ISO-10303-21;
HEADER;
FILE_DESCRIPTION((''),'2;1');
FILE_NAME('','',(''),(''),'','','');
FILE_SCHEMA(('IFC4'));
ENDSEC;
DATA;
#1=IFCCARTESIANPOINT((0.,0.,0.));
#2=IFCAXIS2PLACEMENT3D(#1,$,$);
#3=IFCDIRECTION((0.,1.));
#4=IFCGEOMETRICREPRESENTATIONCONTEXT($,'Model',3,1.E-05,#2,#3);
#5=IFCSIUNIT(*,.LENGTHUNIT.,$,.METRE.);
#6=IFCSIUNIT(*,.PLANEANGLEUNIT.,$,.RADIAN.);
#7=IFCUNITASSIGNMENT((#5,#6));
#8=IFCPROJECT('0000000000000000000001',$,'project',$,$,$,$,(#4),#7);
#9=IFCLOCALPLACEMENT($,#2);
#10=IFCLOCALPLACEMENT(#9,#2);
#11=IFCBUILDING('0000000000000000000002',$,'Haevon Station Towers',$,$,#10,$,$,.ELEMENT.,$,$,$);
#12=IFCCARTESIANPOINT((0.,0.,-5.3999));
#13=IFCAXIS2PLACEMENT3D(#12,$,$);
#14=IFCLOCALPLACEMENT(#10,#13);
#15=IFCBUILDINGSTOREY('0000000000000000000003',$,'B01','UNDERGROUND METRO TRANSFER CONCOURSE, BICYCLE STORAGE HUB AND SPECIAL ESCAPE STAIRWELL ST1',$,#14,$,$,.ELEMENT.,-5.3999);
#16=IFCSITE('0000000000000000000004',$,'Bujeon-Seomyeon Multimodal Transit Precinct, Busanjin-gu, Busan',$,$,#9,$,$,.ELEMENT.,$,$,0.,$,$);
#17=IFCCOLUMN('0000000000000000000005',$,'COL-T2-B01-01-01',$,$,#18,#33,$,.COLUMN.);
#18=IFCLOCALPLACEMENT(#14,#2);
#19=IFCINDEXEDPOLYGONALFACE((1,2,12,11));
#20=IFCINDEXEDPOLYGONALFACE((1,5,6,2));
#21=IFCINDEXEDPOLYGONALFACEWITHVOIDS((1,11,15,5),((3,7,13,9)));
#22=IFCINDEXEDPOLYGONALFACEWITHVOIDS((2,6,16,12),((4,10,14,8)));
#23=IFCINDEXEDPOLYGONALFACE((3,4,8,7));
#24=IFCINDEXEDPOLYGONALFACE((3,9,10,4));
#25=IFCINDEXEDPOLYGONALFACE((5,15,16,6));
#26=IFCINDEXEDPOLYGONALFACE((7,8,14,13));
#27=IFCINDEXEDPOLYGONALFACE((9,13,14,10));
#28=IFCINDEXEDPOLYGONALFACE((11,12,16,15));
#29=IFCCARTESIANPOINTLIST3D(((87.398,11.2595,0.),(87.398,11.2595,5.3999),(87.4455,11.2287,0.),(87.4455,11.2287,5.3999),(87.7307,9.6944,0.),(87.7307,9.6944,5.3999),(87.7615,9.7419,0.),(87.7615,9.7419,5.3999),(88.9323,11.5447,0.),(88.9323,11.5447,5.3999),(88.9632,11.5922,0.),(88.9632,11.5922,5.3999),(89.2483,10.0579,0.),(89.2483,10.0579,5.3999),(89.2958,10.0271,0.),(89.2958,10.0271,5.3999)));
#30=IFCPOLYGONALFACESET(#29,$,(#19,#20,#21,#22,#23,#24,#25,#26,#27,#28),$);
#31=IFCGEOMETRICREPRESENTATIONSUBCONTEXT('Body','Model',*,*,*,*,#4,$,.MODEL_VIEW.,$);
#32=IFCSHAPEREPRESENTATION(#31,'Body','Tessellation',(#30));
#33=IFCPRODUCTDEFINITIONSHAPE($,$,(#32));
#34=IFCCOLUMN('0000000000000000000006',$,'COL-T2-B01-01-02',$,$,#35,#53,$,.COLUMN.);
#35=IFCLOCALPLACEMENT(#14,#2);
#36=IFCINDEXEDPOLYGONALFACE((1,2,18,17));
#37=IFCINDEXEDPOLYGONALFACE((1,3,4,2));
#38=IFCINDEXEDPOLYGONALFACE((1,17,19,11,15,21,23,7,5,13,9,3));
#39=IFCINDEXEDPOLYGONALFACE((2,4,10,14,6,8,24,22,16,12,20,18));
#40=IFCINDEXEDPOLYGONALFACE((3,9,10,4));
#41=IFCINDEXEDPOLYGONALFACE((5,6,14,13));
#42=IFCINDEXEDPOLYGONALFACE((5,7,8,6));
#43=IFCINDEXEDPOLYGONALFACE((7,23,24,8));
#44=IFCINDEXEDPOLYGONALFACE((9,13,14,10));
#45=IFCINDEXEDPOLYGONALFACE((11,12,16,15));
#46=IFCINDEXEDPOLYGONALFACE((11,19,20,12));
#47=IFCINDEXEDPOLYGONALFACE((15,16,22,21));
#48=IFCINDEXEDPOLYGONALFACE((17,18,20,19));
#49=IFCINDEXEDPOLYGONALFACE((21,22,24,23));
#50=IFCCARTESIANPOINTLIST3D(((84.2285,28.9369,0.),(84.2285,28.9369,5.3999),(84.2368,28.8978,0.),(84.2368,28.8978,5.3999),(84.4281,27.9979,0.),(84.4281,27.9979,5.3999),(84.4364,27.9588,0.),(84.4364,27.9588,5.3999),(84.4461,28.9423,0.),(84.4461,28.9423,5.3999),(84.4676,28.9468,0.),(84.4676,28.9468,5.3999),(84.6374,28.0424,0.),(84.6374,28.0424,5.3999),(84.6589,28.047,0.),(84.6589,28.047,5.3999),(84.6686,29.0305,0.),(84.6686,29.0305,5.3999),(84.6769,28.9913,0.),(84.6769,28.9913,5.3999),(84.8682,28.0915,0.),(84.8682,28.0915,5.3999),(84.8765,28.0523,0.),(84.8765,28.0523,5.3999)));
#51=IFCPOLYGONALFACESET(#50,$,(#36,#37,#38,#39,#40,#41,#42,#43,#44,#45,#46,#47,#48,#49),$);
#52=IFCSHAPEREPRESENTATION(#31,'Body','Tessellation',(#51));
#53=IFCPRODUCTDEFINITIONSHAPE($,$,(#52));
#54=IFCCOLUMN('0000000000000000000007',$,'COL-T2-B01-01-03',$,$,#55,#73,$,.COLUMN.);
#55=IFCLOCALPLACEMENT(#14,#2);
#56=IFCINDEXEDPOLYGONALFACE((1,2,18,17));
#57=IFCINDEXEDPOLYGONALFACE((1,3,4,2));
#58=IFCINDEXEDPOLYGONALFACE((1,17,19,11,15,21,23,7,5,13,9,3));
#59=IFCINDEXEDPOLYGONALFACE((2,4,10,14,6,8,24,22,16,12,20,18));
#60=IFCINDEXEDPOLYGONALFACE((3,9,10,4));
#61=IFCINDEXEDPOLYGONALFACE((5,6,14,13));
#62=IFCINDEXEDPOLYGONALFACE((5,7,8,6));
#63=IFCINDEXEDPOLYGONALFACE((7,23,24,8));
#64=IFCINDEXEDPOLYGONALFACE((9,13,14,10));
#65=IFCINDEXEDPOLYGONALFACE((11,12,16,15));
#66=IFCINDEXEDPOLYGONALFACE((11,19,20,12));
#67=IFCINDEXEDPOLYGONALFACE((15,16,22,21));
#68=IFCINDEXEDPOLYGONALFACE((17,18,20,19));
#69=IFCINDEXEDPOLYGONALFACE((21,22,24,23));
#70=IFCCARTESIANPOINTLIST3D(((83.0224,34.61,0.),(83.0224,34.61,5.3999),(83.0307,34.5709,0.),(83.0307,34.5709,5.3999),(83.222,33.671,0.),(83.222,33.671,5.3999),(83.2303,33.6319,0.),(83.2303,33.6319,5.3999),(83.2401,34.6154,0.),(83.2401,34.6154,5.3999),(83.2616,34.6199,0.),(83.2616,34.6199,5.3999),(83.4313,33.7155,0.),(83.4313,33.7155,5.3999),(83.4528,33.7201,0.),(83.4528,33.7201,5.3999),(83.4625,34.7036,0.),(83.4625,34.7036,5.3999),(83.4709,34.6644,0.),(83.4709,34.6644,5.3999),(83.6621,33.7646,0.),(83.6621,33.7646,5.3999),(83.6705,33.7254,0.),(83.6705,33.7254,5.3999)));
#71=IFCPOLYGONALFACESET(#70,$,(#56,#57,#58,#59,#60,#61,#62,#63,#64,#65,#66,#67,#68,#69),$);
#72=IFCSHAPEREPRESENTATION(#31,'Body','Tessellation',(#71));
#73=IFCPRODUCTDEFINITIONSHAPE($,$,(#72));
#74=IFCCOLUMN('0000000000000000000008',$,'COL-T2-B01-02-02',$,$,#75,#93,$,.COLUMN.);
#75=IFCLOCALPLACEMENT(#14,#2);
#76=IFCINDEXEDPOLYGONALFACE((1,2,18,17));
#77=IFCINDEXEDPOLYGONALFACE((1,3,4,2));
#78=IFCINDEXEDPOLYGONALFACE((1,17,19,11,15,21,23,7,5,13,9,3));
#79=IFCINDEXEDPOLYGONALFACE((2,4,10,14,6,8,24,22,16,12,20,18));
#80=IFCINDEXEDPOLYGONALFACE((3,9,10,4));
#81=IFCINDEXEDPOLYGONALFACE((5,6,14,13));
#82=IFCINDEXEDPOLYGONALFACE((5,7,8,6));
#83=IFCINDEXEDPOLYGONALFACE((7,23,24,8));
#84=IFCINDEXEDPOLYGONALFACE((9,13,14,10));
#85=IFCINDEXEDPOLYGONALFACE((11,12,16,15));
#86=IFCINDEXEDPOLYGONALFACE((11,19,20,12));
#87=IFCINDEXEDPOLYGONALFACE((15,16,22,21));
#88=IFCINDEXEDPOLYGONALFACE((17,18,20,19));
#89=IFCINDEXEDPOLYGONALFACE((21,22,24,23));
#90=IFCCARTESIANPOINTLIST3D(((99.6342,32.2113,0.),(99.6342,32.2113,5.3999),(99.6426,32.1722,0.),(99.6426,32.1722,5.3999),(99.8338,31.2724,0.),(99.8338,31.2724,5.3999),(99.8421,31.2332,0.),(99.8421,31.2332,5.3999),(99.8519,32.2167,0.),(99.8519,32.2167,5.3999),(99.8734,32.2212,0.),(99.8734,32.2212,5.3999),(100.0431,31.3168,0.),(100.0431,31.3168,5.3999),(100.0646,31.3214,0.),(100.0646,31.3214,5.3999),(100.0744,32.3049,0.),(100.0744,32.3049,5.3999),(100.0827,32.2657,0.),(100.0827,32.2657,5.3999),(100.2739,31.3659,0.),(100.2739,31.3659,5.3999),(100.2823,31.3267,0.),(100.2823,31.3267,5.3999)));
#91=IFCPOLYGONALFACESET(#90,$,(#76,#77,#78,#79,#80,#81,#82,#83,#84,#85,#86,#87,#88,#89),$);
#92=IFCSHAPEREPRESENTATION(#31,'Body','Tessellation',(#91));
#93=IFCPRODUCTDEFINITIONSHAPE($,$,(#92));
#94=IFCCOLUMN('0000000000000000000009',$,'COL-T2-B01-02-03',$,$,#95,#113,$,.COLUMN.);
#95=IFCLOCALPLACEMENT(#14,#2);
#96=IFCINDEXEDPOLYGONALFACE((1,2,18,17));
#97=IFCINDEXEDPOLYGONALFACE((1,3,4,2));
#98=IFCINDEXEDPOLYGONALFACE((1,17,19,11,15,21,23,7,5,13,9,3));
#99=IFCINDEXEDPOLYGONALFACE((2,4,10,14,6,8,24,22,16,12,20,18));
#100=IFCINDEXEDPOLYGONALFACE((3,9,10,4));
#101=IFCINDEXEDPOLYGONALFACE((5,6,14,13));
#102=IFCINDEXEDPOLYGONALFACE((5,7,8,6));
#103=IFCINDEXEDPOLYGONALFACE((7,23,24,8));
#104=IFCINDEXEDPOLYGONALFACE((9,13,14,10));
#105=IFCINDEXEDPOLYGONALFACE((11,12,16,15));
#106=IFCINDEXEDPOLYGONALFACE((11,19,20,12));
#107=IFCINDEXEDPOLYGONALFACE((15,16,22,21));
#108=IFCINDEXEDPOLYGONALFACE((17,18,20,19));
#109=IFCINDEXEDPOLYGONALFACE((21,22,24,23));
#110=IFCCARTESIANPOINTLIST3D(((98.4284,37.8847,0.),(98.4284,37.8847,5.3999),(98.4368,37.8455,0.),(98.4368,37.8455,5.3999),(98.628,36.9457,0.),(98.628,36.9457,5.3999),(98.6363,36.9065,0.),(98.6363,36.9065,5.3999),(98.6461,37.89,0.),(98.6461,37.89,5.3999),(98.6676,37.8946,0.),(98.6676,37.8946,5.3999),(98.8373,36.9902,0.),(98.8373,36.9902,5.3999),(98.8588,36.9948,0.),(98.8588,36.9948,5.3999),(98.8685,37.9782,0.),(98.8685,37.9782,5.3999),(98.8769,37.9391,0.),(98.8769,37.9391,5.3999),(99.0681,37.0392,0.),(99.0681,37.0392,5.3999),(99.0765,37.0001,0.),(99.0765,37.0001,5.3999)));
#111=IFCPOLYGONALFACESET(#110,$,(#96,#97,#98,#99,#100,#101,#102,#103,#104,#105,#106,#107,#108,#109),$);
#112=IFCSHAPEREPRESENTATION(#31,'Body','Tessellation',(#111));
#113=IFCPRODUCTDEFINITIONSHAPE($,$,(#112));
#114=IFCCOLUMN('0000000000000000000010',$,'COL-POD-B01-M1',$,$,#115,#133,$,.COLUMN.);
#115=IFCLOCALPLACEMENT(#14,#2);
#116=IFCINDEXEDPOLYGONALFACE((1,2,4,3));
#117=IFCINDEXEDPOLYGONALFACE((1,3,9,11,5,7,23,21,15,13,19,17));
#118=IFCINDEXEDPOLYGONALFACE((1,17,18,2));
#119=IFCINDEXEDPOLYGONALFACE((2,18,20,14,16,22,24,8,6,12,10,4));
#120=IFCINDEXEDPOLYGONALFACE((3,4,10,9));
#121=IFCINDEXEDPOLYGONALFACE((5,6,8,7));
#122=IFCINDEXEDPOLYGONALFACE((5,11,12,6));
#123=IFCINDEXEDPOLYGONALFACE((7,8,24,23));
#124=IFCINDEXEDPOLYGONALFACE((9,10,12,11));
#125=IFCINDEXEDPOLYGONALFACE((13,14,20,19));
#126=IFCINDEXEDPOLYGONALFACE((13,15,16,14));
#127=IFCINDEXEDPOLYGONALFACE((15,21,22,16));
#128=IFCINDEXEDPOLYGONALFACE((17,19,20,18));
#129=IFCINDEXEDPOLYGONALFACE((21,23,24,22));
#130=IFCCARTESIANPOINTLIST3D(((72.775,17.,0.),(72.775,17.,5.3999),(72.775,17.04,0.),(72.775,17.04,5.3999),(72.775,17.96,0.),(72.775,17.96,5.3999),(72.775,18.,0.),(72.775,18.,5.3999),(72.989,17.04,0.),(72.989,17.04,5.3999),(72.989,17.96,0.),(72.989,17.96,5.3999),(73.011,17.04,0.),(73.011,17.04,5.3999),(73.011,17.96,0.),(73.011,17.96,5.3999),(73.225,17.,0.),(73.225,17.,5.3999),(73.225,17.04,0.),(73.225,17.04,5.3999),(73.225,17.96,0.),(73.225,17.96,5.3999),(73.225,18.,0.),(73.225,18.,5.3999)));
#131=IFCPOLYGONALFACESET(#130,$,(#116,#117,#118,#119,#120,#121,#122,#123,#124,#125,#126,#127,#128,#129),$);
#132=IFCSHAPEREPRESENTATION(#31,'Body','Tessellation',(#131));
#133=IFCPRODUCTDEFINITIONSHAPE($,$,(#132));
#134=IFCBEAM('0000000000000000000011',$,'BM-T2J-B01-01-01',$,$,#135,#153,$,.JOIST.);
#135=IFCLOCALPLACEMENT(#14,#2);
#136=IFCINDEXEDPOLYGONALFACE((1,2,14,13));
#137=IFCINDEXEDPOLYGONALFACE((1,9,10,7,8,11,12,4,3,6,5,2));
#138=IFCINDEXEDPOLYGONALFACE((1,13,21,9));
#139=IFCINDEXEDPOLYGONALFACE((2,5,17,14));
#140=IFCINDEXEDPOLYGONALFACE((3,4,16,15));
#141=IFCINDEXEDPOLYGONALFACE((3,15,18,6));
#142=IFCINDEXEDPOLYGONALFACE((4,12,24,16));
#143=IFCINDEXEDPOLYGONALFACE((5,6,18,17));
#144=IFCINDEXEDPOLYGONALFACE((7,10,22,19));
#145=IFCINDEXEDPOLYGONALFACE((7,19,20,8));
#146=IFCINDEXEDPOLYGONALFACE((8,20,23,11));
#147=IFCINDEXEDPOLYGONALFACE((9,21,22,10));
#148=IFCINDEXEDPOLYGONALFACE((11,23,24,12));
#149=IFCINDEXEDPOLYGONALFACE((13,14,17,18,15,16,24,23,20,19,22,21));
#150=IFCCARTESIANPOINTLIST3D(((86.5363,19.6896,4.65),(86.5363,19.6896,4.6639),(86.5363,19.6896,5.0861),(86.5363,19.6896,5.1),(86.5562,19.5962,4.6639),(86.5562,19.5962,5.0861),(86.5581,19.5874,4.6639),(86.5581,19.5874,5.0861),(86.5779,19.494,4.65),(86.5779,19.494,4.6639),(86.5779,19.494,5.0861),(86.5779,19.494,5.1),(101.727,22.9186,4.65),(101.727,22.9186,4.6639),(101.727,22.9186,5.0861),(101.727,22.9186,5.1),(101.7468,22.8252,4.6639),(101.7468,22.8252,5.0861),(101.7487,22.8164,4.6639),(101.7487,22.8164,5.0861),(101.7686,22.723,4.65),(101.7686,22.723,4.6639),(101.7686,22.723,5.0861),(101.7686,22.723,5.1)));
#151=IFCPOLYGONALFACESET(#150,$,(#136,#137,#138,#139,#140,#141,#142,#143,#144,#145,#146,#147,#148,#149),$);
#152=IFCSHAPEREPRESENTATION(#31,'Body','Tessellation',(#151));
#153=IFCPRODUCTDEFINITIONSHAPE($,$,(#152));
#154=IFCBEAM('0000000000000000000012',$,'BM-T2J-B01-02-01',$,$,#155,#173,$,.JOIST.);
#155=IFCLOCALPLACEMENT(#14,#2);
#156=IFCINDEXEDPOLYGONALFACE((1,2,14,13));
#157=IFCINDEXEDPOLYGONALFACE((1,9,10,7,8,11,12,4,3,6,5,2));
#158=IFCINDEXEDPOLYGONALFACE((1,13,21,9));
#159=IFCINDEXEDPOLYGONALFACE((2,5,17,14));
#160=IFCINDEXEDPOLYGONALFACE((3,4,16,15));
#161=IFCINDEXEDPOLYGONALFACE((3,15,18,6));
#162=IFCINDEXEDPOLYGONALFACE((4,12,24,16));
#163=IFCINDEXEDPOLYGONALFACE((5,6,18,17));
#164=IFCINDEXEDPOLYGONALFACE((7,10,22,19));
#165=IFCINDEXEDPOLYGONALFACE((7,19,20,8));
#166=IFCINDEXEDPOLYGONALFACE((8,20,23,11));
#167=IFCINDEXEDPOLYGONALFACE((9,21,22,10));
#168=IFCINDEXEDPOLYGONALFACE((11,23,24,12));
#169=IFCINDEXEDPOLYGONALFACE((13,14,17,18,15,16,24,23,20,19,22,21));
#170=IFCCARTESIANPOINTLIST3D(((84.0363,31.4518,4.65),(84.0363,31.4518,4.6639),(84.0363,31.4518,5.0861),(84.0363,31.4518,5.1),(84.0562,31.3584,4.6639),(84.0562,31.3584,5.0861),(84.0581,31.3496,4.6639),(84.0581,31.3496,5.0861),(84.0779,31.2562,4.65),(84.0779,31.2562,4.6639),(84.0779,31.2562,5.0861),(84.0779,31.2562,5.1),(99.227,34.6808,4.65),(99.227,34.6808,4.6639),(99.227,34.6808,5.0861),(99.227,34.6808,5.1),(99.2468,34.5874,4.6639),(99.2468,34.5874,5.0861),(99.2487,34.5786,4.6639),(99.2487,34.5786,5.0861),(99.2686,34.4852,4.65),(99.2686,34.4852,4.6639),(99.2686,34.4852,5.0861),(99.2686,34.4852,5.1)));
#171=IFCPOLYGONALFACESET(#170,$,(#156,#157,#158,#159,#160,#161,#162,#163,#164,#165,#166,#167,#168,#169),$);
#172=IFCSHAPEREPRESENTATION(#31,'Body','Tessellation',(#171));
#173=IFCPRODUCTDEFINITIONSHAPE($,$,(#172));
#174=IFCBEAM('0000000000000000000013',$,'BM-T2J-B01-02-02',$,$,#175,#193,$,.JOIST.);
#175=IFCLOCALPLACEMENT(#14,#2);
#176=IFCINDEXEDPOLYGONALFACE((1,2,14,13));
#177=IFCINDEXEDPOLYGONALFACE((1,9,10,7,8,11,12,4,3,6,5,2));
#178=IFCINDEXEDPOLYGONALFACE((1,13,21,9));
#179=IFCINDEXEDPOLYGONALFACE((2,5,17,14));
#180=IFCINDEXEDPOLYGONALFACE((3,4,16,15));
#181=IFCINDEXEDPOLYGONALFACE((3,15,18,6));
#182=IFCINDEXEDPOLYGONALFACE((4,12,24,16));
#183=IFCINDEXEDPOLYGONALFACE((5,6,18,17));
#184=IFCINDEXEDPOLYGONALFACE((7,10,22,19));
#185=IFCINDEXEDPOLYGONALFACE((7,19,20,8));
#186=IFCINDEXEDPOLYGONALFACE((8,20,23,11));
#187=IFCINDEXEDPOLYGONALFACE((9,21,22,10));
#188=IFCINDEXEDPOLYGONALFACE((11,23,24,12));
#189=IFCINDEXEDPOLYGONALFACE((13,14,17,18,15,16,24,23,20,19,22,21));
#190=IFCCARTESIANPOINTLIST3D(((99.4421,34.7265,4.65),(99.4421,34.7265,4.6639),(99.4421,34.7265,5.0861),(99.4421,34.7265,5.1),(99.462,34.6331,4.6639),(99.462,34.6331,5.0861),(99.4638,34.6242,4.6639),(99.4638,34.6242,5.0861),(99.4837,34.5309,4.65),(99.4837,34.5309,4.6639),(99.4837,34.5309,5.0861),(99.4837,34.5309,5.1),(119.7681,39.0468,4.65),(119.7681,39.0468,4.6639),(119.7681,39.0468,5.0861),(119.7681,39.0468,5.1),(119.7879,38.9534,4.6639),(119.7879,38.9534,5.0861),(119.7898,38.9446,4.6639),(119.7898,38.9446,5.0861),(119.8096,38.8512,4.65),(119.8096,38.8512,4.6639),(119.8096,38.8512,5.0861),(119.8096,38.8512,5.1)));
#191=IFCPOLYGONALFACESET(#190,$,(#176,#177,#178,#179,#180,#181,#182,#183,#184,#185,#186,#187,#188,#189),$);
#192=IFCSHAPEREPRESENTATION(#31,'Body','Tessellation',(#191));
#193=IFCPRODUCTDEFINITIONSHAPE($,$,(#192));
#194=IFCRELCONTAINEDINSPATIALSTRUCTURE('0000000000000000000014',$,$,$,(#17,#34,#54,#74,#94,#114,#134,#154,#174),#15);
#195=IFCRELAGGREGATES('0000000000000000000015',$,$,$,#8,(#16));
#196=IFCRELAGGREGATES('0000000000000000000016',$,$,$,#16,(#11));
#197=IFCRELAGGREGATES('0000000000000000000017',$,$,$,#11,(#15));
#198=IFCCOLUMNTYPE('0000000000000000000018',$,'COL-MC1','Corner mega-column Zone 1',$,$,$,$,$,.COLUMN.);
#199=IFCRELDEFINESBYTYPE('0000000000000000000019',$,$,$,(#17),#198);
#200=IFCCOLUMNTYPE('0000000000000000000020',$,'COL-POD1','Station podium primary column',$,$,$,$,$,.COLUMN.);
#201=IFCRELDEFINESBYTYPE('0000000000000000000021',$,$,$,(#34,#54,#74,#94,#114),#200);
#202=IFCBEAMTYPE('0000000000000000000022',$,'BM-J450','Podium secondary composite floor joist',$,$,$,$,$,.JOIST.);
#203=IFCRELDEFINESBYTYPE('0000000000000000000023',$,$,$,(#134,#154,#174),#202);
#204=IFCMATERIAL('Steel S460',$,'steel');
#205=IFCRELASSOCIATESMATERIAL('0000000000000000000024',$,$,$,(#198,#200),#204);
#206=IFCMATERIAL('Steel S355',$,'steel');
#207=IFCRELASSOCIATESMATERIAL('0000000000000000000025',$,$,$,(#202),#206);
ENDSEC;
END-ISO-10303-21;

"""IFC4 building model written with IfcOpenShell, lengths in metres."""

from ifc_helpers import new_model, si_unit, direction, frame, origin, origin_2d, place, context, subcontext, project, spatial, hollow_rectangle, i_section, extrude, material, material_profile, profile_set, type_object, element, save


model = new_model("IFC4")

# Units and contexts
model_context = context("Model", 3, precision=1e-05, world=origin(), true_north=direction((0.0, 1.0)))
body_context = subcontext(model_context, "Body", "Model", "MODEL_VIEW")
ifc_project = project(units=[si_unit("LENGTHUNIT", "METRE"), si_unit("PLANEANGLEUNIT", "RADIAN")], contexts=[model_context])

# Site, building, storey
site_placement = place(None, origin())
site = spatial("IfcSite", under=ifc_project, at=site_placement, Name="Bujeon-Seomyeon Multimodal Transit Precinct, Busanjin-gu, Busan", CompositionType="ELEMENT", RefElevation=0.0)
building_placement = place(site_placement, origin())
building = spatial("IfcBuilding", under=site, at=building_placement, Name="Haevon Station Towers", CompositionType="ELEMENT")
storey_placement = place(building_placement, frame((0.0, 0.0, -5.3999)))
storey = spatial("IfcBuildingStorey", under=building, at=storey_placement, Name="B01", Description="UNDERGROUND METRO TRANSFER CONCOURSE, BICYCLE STORAGE HUB AND SPECIAL ESCAPE STAIRWELL ST1", CompositionType="ELEMENT", Elevation=-5.3999)

# Columns
ifc_material_1 = material(Name="Steel S460", Category="steel")
ifc_material_profile_1 = material_profile(ifc_material_1, hollow_rectangle(XDim=1.6001, YDim=1.6001, WallThickness=0.04, at=origin_2d()), Name="BOX-1600x1600x40")
ifc_profile_set_1 = profile_set([ifc_material_profile_1], Name="Steel S460")
column_type_1 = type_object("IfcColumnType", Name="COL-MC1", Description="Corner mega-column Zone 1", PredefinedType="COLUMN", material=ifc_profile_set_1)
column_placement = place(storey_placement, frame((88.3469, 10.6433, 0.0), z_axis=(0.0, 0.0, 1.0), x_axis=(0.978148, 0.207912, 0.0)))
element("IfcColumn", 1, at=column_placement, inside=storey, type_object=column_type_1, Name="COL-T2-B01-01-01", PredefinedType="COLUMN", context=body_context, shape_type="SweptSolid", body=[
    extrude(hollow_rectangle(XDim=1.6001, YDim=1.6001, WallThickness=0.04, at=origin_2d()), origin(), (0.0, 0.0, 1.0), 5.3999),
])
ifc_material_profile_2 = material_profile(ifc_material_1, i_section(OverallWidth=0.45, OverallDepth=1.0, WebThickness=0.022, FlangeThickness=0.04, at=origin_2d()), Name="H-1000x450x22x40")
ifc_profile_set_2 = profile_set([ifc_material_profile_2], Name="Steel S460")
column_type_2 = type_object("IfcColumnType", Name="COL-POD1", Description="Station podium primary column", PredefinedType="COLUMN", material=ifc_profile_set_2)
for number, where, z_axis, x_axis, name in (
    (2, (84.5525, 28.4946, 0.0), (0.0, 0.0, 1.0), (0.978148, 0.207912, 0.0), "COL-T2-B01-01-02"),
    (3, (83.3464, 34.1677, 0.0), (0.0, 0.0, 1.0), (0.978148, 0.207912, 0.0), "COL-T2-B01-01-03"),
    (4, (99.9583, 31.769, 0.0), (0.0, 0.0, 1.0), (0.978148, 0.207912, 0.0), "COL-T2-B01-02-02"),
    (5, (98.7524, 37.4424, 0.0), (0.0, 0.0, 1.0), (0.978148, 0.207912, 0.0), "COL-T2-B01-02-03"),
    (6, (73.0, 17.5, 0.0), (0.0, 0.0, 1.0), (1.0, 0.0, 0.0), "COL-POD-B01-M1"),
):
    element("IfcColumn", number, at=place(storey_placement, frame(where, z_axis=z_axis, x_axis=x_axis)), inside=storey, type_object=column_type_2, Name=name, PredefinedType="COLUMN", context=body_context, shape_type="SweptSolid", body=[
        extrude(i_section(OverallWidth=0.45, OverallDepth=1.0, WebThickness=0.022, FlangeThickness=0.04, at=origin_2d()), origin(), (0.0, 0.0, 1.0), 5.3999),
    ])

# Beams
ifc_material_2 = material(Name="Steel S355", Category="steel")
ifc_material_profile_3 = material_profile(ifc_material_2, i_section(OverallWidth=0.2, OverallDepth=0.45, WebThickness=0.009, FlangeThickness=0.0139, at=origin_2d()), Name="H-450x200x9x14")
ifc_profile_set_3 = profile_set([ifc_material_profile_3], Name="Steel S355")
beam_type_1 = type_object("IfcBeamType", Name="BM-J450", Description="Podium secondary composite floor joist", PredefinedType="JOIST", material=ifc_profile_set_3)
for number, where, z_axis, x_axis, name in (
    (7, (86.5571, 19.5918, 4.875), (0.978146, 0.207919, 0.0), (-0.207919, 0.978146, 0.0), "BM-T2J-B01-01-01"),
    (8, (84.0571, 31.354, 4.875), (0.978146, 0.207919, 0.0), (-0.207919, 0.978146, 0.0), "BM-T2J-B01-02-01"),
):
    element("IfcBeam", number, at=place(storey_placement, frame(where, z_axis=z_axis, x_axis=x_axis)), inside=storey, type_object=beam_type_1, Name=name, PredefinedType="JOIST", context=body_context, shape_type="SweptSolid", body=[
        extrude(i_section(OverallWidth=0.2, OverallDepth=0.45, WebThickness=0.009, FlangeThickness=0.0139, at=origin_2d()), origin(), (0.0, 0.0, 1.0), 15.53),
    ])
beam_1_placement = place(storey_placement, frame((99.4629, 34.6287, 4.875), z_axis=(0.978149, 0.207907, 0.0), x_axis=(-0.207907, 0.978149, 0.0)))
element("IfcBeam", 9, at=beam_1_placement, inside=storey, type_object=beam_type_1, Name="BM-T2J-B01-02-02", PredefinedType="JOIST", context=body_context, shape_type="SweptSolid", body=[
    extrude(i_section(OverallWidth=0.2, OverallDepth=0.45, WebThickness=0.009, FlangeThickness=0.0139, at=origin_2d()), origin(), (0.0, 0.0, 1.0), 20.78),
])

save(model, "model.ifc")
